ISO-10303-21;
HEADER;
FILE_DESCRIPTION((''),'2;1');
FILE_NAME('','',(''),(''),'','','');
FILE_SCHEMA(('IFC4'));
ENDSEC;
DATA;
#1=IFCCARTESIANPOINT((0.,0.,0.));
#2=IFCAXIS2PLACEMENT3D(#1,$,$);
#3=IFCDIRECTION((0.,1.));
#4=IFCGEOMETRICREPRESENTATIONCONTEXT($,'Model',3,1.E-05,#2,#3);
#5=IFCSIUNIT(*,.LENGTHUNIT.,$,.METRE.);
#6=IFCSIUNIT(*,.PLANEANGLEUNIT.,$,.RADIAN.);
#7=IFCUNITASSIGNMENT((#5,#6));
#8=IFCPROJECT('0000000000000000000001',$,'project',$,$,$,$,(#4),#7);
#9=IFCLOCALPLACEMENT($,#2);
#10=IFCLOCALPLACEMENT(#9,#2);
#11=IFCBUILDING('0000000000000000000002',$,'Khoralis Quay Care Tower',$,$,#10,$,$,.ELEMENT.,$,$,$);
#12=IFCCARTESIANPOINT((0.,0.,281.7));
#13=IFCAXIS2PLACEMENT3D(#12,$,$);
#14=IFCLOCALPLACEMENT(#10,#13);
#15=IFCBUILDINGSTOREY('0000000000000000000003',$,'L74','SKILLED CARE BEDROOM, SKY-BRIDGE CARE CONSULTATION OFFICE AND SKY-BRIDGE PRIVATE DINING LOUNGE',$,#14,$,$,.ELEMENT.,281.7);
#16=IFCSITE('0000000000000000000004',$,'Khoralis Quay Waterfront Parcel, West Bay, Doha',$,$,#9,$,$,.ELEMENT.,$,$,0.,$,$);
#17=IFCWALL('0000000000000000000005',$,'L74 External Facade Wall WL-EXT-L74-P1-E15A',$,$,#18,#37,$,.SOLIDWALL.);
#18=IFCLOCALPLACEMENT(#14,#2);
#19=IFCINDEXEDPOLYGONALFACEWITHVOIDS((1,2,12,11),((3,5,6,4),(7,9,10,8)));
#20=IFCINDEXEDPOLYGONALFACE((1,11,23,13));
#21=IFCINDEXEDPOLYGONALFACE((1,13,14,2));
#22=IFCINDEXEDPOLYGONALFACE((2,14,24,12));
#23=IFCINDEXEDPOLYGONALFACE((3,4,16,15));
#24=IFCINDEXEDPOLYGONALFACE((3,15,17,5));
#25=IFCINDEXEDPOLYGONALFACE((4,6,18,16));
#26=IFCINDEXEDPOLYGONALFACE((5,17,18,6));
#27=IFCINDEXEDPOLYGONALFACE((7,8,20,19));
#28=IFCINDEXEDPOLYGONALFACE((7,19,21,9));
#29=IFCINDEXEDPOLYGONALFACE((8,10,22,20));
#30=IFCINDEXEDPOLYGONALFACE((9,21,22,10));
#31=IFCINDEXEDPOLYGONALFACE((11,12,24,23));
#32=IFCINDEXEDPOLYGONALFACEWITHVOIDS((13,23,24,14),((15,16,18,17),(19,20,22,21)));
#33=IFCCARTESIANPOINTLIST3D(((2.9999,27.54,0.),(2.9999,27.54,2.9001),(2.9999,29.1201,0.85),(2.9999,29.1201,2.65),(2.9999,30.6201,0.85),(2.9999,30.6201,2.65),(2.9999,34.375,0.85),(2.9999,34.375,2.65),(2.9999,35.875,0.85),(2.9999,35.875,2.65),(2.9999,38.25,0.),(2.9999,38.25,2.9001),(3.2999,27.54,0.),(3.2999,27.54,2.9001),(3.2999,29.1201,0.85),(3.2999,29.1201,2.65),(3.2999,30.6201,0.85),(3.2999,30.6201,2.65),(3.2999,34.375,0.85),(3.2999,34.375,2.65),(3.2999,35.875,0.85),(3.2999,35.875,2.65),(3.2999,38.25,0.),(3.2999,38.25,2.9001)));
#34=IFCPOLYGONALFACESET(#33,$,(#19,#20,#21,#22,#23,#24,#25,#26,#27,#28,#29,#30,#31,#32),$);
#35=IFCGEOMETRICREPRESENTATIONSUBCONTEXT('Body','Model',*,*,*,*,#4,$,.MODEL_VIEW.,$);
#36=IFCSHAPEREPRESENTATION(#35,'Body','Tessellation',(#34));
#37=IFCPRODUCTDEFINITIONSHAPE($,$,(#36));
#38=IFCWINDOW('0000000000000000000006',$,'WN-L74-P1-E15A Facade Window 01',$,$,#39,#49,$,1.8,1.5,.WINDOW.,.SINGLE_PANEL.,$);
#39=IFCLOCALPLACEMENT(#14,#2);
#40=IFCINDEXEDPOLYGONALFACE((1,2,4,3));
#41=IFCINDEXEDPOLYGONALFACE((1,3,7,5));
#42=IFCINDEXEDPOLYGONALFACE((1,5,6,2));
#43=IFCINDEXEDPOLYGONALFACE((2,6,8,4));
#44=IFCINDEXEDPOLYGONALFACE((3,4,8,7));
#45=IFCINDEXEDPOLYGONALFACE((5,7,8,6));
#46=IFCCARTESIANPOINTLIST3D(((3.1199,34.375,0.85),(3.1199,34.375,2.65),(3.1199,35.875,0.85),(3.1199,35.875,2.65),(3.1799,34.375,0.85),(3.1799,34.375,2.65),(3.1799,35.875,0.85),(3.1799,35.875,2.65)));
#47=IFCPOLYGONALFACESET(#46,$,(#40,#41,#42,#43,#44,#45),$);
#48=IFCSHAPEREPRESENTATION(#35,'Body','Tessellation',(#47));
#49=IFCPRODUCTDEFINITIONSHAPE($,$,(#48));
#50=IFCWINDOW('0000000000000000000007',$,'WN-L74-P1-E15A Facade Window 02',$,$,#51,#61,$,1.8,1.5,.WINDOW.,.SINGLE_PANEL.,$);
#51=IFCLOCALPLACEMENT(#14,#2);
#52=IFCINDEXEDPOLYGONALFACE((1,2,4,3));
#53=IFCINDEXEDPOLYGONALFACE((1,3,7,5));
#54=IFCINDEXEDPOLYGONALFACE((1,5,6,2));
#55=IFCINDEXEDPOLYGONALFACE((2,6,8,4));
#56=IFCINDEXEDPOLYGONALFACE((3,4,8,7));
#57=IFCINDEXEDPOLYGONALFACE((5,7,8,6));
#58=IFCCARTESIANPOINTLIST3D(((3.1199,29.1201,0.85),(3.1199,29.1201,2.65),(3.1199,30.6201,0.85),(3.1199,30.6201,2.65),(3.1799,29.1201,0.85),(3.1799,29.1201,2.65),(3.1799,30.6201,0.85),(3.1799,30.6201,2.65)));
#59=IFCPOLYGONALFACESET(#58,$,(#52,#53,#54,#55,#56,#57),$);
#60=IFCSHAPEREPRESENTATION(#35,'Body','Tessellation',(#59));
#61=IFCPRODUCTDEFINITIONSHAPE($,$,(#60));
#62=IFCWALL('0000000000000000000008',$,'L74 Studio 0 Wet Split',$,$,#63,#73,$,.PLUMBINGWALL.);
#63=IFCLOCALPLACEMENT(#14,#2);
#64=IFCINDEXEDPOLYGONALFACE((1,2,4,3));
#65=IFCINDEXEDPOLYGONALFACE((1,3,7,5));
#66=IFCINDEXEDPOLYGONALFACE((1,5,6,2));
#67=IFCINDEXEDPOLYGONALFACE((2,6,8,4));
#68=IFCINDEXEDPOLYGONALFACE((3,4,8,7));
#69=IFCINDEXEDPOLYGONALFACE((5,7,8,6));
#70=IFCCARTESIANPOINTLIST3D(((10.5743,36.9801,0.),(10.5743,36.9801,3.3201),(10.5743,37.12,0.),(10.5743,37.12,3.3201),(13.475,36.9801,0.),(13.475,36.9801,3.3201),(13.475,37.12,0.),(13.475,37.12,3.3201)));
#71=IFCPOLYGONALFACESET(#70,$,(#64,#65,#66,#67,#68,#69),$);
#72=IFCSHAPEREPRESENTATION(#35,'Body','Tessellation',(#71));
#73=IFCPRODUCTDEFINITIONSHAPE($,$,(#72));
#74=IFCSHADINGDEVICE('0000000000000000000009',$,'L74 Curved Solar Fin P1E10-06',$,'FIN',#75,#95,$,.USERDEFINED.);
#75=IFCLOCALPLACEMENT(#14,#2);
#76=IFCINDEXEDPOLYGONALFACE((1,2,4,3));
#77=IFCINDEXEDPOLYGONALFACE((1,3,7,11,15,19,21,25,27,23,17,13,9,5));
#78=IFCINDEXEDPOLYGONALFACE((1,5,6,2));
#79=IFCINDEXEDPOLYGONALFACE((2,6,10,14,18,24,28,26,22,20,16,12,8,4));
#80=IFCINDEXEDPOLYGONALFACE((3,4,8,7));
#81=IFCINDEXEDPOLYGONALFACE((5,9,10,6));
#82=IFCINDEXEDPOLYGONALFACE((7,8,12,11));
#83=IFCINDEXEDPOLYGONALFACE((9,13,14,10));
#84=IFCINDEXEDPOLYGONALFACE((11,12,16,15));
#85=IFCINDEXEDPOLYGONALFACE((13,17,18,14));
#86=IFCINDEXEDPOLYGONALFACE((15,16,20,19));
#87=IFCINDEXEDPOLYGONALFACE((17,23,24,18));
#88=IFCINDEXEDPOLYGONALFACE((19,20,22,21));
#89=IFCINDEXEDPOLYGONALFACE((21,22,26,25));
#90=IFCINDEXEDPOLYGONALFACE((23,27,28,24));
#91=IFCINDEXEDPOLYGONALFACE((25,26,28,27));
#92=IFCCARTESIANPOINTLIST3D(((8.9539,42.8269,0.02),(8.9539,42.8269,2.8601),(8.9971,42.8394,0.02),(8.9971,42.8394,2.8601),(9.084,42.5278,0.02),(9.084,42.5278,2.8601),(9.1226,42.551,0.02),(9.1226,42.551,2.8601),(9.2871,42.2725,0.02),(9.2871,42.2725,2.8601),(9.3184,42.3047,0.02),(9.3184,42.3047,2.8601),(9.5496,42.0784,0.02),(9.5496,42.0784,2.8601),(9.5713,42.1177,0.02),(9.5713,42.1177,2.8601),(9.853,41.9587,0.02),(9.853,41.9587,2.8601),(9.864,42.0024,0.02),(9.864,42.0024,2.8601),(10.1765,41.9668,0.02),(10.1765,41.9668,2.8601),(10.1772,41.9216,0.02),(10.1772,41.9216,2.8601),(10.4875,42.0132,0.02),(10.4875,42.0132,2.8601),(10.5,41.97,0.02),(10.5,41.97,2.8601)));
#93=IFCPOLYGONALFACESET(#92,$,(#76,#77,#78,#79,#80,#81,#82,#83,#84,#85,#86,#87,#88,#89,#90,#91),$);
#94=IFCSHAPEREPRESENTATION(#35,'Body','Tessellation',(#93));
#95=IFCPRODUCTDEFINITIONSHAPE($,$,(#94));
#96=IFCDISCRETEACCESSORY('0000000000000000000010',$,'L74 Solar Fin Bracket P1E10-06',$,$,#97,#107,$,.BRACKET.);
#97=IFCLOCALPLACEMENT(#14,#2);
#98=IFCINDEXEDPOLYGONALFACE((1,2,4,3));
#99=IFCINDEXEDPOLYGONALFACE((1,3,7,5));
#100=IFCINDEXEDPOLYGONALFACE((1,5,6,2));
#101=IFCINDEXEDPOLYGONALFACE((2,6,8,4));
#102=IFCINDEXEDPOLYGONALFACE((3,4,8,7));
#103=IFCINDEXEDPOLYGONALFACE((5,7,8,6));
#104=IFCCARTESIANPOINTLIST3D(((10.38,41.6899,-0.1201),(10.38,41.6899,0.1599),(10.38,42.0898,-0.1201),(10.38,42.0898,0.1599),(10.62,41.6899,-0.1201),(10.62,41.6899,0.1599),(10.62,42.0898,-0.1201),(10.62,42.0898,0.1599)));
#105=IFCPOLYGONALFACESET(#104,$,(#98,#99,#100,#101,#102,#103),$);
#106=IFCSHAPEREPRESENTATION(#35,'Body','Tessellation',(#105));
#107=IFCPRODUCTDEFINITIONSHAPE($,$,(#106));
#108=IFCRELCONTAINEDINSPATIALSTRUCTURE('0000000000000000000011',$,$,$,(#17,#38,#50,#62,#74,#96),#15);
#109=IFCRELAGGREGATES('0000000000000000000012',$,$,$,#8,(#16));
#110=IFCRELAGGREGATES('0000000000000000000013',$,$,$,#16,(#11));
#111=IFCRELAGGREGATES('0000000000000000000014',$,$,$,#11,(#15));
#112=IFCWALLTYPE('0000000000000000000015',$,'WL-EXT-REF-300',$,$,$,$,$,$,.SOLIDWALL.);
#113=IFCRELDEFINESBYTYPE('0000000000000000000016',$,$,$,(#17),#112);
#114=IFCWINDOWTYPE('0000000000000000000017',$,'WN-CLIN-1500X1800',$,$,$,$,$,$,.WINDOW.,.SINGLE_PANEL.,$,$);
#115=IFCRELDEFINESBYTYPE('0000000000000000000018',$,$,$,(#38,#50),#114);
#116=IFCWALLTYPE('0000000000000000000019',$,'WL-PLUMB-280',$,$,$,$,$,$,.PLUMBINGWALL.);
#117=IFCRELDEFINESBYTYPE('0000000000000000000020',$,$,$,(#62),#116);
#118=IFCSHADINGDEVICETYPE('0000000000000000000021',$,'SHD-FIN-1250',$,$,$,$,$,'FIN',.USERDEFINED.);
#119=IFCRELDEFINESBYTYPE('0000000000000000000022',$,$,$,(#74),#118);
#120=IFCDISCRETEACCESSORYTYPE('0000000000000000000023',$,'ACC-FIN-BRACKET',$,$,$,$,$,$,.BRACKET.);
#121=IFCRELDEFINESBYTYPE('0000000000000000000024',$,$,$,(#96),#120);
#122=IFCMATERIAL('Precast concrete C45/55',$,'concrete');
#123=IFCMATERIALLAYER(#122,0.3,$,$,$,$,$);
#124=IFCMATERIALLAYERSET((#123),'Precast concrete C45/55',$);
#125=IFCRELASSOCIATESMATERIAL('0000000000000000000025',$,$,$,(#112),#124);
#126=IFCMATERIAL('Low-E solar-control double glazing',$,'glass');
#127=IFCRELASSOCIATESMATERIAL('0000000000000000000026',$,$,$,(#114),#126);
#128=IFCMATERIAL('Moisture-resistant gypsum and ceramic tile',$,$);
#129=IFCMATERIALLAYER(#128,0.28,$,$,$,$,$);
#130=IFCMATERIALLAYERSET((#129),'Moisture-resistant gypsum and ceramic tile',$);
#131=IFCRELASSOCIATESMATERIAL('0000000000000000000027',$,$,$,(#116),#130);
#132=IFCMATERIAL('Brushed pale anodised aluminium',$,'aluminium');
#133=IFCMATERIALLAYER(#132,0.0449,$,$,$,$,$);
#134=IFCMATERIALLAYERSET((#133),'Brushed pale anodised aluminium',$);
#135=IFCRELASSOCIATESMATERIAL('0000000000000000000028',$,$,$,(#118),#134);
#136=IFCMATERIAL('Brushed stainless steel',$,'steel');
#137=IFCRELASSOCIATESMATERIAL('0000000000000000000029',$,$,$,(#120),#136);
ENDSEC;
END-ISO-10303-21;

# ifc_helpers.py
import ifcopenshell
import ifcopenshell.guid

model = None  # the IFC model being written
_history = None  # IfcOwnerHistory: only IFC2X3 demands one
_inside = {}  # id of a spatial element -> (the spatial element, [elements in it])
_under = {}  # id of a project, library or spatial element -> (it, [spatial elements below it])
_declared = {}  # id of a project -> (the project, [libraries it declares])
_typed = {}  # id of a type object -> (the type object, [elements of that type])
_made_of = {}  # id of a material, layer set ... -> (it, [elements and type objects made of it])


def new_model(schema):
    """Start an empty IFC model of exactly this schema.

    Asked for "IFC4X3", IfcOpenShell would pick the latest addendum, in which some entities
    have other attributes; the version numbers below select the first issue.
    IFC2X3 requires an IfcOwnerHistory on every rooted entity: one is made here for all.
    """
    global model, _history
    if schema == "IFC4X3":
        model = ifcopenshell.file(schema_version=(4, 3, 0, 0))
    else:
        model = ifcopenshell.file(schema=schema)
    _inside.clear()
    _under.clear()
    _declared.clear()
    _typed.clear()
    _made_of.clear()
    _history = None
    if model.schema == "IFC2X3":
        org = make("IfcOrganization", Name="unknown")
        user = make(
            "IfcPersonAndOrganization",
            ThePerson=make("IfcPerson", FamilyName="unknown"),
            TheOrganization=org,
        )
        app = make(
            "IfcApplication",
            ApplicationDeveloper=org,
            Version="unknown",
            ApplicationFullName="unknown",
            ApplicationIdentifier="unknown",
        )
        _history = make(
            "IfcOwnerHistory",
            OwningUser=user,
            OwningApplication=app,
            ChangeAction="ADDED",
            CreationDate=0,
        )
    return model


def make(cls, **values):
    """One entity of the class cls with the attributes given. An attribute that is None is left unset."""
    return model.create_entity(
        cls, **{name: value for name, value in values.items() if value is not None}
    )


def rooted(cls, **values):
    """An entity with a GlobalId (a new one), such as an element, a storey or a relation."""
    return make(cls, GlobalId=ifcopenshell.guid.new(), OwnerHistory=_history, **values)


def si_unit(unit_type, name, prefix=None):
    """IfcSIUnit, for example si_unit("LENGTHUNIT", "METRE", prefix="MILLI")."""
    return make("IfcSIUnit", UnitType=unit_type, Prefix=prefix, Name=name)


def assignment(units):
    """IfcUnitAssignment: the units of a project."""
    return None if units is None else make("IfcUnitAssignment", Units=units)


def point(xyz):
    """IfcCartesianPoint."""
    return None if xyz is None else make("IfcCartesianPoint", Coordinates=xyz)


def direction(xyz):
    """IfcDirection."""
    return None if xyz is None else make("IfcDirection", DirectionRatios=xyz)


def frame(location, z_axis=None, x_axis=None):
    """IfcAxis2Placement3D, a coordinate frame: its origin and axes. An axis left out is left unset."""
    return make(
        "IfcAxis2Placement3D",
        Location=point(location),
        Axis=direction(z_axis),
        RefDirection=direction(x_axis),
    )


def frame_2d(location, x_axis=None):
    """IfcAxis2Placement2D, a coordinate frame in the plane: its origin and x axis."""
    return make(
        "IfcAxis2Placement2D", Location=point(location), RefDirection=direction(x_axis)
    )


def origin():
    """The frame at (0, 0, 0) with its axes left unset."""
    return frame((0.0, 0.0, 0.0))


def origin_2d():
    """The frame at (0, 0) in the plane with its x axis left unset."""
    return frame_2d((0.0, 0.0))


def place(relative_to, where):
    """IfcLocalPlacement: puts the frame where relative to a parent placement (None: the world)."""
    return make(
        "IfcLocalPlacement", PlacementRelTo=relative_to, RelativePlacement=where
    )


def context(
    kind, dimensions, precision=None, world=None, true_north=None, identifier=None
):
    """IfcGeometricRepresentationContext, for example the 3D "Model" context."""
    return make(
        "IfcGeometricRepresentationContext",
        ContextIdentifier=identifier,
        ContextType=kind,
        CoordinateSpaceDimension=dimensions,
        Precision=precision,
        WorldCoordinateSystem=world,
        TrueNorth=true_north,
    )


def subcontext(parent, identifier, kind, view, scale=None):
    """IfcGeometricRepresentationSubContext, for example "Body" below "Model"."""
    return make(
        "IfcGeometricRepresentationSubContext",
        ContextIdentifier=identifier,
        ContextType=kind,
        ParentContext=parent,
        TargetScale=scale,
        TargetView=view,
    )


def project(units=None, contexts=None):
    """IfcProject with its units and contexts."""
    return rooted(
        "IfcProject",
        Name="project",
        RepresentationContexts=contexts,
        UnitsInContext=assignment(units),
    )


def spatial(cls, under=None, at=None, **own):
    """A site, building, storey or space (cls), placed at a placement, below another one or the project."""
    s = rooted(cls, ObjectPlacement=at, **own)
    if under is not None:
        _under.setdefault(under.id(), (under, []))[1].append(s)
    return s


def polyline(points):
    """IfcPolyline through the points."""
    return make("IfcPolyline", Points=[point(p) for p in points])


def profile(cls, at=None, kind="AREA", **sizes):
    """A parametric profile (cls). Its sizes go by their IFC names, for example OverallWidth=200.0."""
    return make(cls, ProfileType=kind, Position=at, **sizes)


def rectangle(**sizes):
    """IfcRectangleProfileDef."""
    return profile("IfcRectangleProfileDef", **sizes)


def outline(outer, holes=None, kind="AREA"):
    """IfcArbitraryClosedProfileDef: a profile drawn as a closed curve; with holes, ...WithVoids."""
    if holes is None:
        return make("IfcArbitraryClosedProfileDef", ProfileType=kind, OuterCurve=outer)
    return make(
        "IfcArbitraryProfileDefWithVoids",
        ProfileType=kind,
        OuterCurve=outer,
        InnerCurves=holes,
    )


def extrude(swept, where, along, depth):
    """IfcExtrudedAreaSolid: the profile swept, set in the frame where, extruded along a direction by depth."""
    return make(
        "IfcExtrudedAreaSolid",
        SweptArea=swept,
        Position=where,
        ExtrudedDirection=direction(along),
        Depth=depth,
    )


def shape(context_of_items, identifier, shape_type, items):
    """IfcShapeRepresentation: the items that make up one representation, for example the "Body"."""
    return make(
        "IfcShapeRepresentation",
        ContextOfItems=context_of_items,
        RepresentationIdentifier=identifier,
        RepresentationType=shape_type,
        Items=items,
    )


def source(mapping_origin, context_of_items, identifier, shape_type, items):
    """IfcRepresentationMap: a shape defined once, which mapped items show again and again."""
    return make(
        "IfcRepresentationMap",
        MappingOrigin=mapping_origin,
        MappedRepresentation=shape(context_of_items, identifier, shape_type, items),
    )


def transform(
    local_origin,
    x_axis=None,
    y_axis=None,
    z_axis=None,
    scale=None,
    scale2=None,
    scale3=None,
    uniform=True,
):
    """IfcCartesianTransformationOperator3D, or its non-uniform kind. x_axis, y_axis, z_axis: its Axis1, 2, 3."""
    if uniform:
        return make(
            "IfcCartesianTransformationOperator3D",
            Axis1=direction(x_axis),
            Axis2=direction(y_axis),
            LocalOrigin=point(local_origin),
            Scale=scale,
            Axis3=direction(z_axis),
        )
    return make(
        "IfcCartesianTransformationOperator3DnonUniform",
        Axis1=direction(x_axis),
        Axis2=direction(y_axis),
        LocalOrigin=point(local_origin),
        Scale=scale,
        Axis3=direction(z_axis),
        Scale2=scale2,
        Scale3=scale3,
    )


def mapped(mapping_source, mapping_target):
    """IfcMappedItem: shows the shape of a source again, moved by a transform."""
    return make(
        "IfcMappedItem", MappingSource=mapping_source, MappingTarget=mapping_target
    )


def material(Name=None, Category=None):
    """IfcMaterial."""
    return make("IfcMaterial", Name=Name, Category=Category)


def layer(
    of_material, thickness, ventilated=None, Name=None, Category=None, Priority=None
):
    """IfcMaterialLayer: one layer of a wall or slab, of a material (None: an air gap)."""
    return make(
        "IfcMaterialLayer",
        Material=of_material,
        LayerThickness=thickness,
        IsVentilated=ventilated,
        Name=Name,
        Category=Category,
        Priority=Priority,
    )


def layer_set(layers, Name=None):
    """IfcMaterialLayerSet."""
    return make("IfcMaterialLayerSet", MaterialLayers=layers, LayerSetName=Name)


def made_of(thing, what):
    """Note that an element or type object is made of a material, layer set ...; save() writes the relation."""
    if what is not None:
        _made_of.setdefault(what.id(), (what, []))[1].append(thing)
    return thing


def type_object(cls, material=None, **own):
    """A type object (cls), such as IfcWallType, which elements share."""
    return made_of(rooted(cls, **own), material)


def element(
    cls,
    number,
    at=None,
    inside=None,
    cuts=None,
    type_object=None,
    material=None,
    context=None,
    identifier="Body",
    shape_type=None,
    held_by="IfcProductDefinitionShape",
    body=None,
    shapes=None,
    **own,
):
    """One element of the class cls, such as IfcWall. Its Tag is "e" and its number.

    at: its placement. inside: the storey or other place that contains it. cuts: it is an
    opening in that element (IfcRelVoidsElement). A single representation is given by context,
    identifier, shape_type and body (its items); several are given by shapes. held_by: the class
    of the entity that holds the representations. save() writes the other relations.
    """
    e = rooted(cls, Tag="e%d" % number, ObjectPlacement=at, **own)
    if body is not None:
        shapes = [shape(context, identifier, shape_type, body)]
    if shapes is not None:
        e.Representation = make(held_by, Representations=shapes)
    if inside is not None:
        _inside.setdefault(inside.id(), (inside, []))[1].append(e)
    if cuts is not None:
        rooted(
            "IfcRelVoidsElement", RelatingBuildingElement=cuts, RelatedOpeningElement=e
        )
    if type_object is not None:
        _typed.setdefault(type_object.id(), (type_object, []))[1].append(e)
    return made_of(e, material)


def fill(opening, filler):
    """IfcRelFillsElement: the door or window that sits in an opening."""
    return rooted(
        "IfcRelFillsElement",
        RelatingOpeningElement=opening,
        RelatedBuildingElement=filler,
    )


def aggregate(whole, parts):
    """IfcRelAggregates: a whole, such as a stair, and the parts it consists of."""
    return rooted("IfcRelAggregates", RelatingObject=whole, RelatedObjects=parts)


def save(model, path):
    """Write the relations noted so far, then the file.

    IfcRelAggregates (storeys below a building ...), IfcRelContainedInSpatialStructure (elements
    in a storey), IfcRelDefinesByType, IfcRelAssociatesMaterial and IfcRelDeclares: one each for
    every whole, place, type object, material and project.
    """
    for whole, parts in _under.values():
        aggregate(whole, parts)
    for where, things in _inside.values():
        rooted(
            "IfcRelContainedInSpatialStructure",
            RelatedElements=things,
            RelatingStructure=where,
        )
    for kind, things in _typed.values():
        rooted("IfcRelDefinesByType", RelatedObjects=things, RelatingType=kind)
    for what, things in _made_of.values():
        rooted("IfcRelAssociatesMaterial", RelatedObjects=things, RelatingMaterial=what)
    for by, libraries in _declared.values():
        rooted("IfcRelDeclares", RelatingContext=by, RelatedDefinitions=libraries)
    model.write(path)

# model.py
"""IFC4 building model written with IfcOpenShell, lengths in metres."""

from ifc_helpers import new_model, si_unit, direction, frame, frame_2d, origin, origin_2d, place, context, subcontext, project, spatial, polyline, rectangle, outline, extrude, source, transform, mapped, material, layer, layer_set, type_object, element, fill, save


model = new_model("IFC4")

# Units and contexts
model_context = context("Model", 3, precision=1e-05, world=origin(), true_north=direction((0.0, 1.0)))
body_context = subcontext(model_context, "Body", "Model", "MODEL_VIEW")
ifc_project = project(units=[si_unit("LENGTHUNIT", "METRE"), si_unit("PLANEANGLEUNIT", "RADIAN")], contexts=[model_context])

# Site, building, storey
site_placement = place(None, origin())
site = spatial("IfcSite", under=ifc_project, at=site_placement, Name="Khoralis Quay Waterfront Parcel, West Bay, Doha", CompositionType="ELEMENT", RefElevation=0.0)
building_placement = place(site_placement, origin())
building = spatial("IfcBuilding", under=site, at=building_placement, Name="Khoralis Quay Care Tower", CompositionType="ELEMENT")
storey_placement = place(building_placement, frame((0.0, 0.0, 281.7)))
storey = spatial("IfcBuildingStorey", under=building, at=storey_placement, Name="L74", Description="SKILLED CARE BEDROOM, SKY-BRIDGE CARE CONSULTATION OFFICE AND SKY-BRIDGE PRIVATE DINING LOUNGE", CompositionType="ELEMENT", Elevation=281.7)

# Shared definitions
ifc_material_1 = material(Name="Precast concrete C45/55", Category="concrete")
ifc_layer_1 = layer(ifc_material_1, 0.3)
ifc_layer_set_1 = layer_set([ifc_layer_1], Name="Precast concrete C45/55")
wall_type_1 = type_object("IfcWallType", Name="WL-EXT-REF-300", PredefinedType="SOLIDWALL", material=ifc_layer_set_1)

# Wall, openings, windows
wall_1_placement = place(storey_placement, frame((3.1499, 38.25, 0.0), z_axis=(0.0, 0.0, 1.0), x_axis=(0.0, -1.0, 0.0)))
wall_1 = element("IfcWall", 1, at=wall_1_placement, inside=storey, type_object=wall_type_1, Name="L74 External Facade Wall WL-EXT-L74-P1-E15A", PredefinedType="SOLIDWALL", context=body_context, shape_type="SweptSolid", body=[
    extrude(rectangle(XDim=10.71, YDim=0.3, at=frame_2d((5.355, 0.0))), origin(), (0.0, 0.0, 1.0), 2.9001),
])
opening_1_placement = place(wall_1_placement, frame((2.375, 0.0, 0.8501)))
opening_1 = element("IfcOpeningElement", 2, at=opening_1_placement, cuts=wall_1, PredefinedType="OPENING", context=body_context, shape_type="SweptSolid", body=[
    extrude(rectangle(XDim=1.5, YDim=1.8, at=frame_2d((0.75, 0.8999))), frame((0.0, 0.1602, 0.0), z_axis=(0.0, -1.0, 0.0), x_axis=(1.0, 0.0, 0.0)), (0.0, 0.0, 1.0), 0.3201),
])
opening_2_placement = place(wall_1_placement, frame((7.6299, 0.0, 0.8501)))
opening_2 = element("IfcOpeningElement", 3, at=opening_2_placement, cuts=wall_1, PredefinedType="OPENING", context=body_context, shape_type="SweptSolid", body=[
    extrude(rectangle(XDim=1.5, YDim=1.8, at=frame_2d((0.75, 0.8999))), frame((0.0, 0.1602, 0.0), z_axis=(0.0, -1.0, 0.0), x_axis=(1.0, 0.0, 0.0)), (0.0, 0.0, 1.0), 0.3201),
])
ifc_material_2 = material(Name="Low-E solar-control double glazing", Category="glass")
window_type = type_object("IfcWindowType", Name="WN-CLIN-1500X1800", PartitioningType="SINGLE_PANEL", PredefinedType="WINDOW", material=ifc_material_2)
shared_shape_1 = source(origin(), body_context, "Body", "SweptSolid", [
    extrude(rectangle(XDim=1.5, YDim=1.8, at=frame_2d((0.75, 0.8999))), frame((0.0, 0.03, 0.0), z_axis=(0.0, -1.0, 0.0), x_axis=(1.0, 0.0, 0.0)), (0.0, 0.0, 1.0), 0.0601),
])
window_1_placement = place(opening_1_placement, origin())
window_1 = element("IfcWindow", 4, at=window_1_placement, inside=storey, type_object=window_type, Name="WN-L74-P1-E15A Facade Window 01", OverallHeight=1.8, OverallWidth=1.5, PartitioningType="SINGLE_PANEL", PredefinedType="WINDOW", context=body_context, shape_type="MappedRepresentation", body=[
    mapped(shared_shape_1, transform((0.0, 0.0, 0.0), scale=1.0)),
])
fill(opening_1, window_1)
window_2_placement = place(opening_2_placement, origin())
window_2 = element("IfcWindow", 5, at=window_2_placement, inside=storey, type_object=window_type, Name="WN-L74-P1-E15A Facade Window 02", OverallHeight=1.8, OverallWidth=1.5, PartitioningType="SINGLE_PANEL", PredefinedType="WINDOW", context=body_context, shape_type="MappedRepresentation", body=[
    mapped(shared_shape_1, transform((0.0, 0.0, 0.0), scale=1.0)),
])
fill(opening_2, window_2)

# Wall
ifc_material_3 = material(Name="Moisture-resistant gypsum and ceramic tile")
ifc_layer_2 = layer(ifc_material_3, 0.28)
ifc_layer_set_2 = layer_set([ifc_layer_2], Name="Moisture-resistant gypsum and ceramic tile")
wall_type_2 = type_object("IfcWallType", Name="WL-PLUMB-280", PredefinedType="PLUMBINGWALL", material=ifc_layer_set_2)
wall_2_placement = place(storey_placement, frame((10.5745, 37.05, 0.0), z_axis=(0.0, 0.0, 1.0), x_axis=(1.0, 0.0, 0.0)))
element("IfcWall", 6, at=wall_2_placement, inside=storey, type_object=wall_type_2, Name="L74 Studio 0 Wet Split", PredefinedType="PLUMBINGWALL", context=body_context, shape_type="SweptSolid", body=[
    extrude(rectangle(XDim=2.9006, YDim=0.1399, at=frame_2d((1.4502, 0.0))), origin(), (0.0, 0.0, 1.0), 3.3201),
])

# Shading device
ifc_material_4 = material(Name="Brushed pale anodised aluminium", Category="aluminium")
ifc_layer_3 = layer(ifc_material_4, 0.0449)
ifc_layer_set_3 = layer_set([ifc_layer_3], Name="Brushed pale anodised aluminium")
shading_device_type = type_object("IfcShadingDeviceType", Name="SHD-FIN-1250", ElementType="FIN", PredefinedType="USERDEFINED", material=ifc_layer_set_3)
shared_shape_2 = source(origin(), body_context, "Body", "SweptSolid", [
    extrude(outline(polyline([(0.0, 0.0), (-0.0483, 0.3228), (-0.0112, 0.647), (0.1084, 0.9504), (0.3025, 1.2129), (0.5579, 1.416), (0.8569, 1.5461), (0.8694, 1.5029), (0.5811, 1.3774), (0.3347, 1.1816), (0.1477, 0.9287), (0.0325, 0.636), (-0.0032, 0.3235), (0.0432, 0.0125), (0.0, 0.0)])), origin(), (0.0, 0.0, 1.0), 2.8401),
])
shading_device_placement = place(storey_placement, frame((10.5, 41.97, 0.02), z_axis=(0.0, 0.0, 1.0), x_axis=(0.0, 1.0, 0.0)))
element("IfcShadingDevice", 7, at=shading_device_placement, inside=storey, type_object=shading_device_type, Name="L74 Curved Solar Fin P1E10-06", ObjectType="FIN", PredefinedType="USERDEFINED", context=body_context, shape_type="MappedRepresentation", body=[
    mapped(shared_shape_2, transform((0.0, 0.0, 0.0), scale=1.0)),
])

# Discrete accessory
ifc_material_5 = material(Name="Brushed stainless steel", Category="steel")
discrete_accessory_type = type_object("IfcDiscreteAccessoryType", Name="ACC-FIN-BRACKET", PredefinedType="BRACKET", material=ifc_material_5)
shared_shape_3 = source(origin(), body_context, "Body", "SweptSolid", [
    extrude(rectangle(XDim=0.3999, YDim=0.24, at=origin_2d()), origin(), (0.0, 0.0, 1.0), 0.28),
])
discrete_accessory_placement = place(storey_placement, frame((10.5, 41.8899, -0.1201), z_axis=(0.0, 0.0, 1.0), x_axis=(0.0, 1.0, 0.0)))
element("IfcDiscreteAccessory", 8, at=discrete_accessory_placement, inside=storey, type_object=discrete_accessory_type, Name="L74 Solar Fin Bracket P1E10-06", PredefinedType="BRACKET", context=body_context, shape_type="MappedRepresentation", body=[
    mapped(shared_shape_3, transform((0.0, 0.0, 0.0), scale=1.0)),
])

save(model, "model.ifc")
